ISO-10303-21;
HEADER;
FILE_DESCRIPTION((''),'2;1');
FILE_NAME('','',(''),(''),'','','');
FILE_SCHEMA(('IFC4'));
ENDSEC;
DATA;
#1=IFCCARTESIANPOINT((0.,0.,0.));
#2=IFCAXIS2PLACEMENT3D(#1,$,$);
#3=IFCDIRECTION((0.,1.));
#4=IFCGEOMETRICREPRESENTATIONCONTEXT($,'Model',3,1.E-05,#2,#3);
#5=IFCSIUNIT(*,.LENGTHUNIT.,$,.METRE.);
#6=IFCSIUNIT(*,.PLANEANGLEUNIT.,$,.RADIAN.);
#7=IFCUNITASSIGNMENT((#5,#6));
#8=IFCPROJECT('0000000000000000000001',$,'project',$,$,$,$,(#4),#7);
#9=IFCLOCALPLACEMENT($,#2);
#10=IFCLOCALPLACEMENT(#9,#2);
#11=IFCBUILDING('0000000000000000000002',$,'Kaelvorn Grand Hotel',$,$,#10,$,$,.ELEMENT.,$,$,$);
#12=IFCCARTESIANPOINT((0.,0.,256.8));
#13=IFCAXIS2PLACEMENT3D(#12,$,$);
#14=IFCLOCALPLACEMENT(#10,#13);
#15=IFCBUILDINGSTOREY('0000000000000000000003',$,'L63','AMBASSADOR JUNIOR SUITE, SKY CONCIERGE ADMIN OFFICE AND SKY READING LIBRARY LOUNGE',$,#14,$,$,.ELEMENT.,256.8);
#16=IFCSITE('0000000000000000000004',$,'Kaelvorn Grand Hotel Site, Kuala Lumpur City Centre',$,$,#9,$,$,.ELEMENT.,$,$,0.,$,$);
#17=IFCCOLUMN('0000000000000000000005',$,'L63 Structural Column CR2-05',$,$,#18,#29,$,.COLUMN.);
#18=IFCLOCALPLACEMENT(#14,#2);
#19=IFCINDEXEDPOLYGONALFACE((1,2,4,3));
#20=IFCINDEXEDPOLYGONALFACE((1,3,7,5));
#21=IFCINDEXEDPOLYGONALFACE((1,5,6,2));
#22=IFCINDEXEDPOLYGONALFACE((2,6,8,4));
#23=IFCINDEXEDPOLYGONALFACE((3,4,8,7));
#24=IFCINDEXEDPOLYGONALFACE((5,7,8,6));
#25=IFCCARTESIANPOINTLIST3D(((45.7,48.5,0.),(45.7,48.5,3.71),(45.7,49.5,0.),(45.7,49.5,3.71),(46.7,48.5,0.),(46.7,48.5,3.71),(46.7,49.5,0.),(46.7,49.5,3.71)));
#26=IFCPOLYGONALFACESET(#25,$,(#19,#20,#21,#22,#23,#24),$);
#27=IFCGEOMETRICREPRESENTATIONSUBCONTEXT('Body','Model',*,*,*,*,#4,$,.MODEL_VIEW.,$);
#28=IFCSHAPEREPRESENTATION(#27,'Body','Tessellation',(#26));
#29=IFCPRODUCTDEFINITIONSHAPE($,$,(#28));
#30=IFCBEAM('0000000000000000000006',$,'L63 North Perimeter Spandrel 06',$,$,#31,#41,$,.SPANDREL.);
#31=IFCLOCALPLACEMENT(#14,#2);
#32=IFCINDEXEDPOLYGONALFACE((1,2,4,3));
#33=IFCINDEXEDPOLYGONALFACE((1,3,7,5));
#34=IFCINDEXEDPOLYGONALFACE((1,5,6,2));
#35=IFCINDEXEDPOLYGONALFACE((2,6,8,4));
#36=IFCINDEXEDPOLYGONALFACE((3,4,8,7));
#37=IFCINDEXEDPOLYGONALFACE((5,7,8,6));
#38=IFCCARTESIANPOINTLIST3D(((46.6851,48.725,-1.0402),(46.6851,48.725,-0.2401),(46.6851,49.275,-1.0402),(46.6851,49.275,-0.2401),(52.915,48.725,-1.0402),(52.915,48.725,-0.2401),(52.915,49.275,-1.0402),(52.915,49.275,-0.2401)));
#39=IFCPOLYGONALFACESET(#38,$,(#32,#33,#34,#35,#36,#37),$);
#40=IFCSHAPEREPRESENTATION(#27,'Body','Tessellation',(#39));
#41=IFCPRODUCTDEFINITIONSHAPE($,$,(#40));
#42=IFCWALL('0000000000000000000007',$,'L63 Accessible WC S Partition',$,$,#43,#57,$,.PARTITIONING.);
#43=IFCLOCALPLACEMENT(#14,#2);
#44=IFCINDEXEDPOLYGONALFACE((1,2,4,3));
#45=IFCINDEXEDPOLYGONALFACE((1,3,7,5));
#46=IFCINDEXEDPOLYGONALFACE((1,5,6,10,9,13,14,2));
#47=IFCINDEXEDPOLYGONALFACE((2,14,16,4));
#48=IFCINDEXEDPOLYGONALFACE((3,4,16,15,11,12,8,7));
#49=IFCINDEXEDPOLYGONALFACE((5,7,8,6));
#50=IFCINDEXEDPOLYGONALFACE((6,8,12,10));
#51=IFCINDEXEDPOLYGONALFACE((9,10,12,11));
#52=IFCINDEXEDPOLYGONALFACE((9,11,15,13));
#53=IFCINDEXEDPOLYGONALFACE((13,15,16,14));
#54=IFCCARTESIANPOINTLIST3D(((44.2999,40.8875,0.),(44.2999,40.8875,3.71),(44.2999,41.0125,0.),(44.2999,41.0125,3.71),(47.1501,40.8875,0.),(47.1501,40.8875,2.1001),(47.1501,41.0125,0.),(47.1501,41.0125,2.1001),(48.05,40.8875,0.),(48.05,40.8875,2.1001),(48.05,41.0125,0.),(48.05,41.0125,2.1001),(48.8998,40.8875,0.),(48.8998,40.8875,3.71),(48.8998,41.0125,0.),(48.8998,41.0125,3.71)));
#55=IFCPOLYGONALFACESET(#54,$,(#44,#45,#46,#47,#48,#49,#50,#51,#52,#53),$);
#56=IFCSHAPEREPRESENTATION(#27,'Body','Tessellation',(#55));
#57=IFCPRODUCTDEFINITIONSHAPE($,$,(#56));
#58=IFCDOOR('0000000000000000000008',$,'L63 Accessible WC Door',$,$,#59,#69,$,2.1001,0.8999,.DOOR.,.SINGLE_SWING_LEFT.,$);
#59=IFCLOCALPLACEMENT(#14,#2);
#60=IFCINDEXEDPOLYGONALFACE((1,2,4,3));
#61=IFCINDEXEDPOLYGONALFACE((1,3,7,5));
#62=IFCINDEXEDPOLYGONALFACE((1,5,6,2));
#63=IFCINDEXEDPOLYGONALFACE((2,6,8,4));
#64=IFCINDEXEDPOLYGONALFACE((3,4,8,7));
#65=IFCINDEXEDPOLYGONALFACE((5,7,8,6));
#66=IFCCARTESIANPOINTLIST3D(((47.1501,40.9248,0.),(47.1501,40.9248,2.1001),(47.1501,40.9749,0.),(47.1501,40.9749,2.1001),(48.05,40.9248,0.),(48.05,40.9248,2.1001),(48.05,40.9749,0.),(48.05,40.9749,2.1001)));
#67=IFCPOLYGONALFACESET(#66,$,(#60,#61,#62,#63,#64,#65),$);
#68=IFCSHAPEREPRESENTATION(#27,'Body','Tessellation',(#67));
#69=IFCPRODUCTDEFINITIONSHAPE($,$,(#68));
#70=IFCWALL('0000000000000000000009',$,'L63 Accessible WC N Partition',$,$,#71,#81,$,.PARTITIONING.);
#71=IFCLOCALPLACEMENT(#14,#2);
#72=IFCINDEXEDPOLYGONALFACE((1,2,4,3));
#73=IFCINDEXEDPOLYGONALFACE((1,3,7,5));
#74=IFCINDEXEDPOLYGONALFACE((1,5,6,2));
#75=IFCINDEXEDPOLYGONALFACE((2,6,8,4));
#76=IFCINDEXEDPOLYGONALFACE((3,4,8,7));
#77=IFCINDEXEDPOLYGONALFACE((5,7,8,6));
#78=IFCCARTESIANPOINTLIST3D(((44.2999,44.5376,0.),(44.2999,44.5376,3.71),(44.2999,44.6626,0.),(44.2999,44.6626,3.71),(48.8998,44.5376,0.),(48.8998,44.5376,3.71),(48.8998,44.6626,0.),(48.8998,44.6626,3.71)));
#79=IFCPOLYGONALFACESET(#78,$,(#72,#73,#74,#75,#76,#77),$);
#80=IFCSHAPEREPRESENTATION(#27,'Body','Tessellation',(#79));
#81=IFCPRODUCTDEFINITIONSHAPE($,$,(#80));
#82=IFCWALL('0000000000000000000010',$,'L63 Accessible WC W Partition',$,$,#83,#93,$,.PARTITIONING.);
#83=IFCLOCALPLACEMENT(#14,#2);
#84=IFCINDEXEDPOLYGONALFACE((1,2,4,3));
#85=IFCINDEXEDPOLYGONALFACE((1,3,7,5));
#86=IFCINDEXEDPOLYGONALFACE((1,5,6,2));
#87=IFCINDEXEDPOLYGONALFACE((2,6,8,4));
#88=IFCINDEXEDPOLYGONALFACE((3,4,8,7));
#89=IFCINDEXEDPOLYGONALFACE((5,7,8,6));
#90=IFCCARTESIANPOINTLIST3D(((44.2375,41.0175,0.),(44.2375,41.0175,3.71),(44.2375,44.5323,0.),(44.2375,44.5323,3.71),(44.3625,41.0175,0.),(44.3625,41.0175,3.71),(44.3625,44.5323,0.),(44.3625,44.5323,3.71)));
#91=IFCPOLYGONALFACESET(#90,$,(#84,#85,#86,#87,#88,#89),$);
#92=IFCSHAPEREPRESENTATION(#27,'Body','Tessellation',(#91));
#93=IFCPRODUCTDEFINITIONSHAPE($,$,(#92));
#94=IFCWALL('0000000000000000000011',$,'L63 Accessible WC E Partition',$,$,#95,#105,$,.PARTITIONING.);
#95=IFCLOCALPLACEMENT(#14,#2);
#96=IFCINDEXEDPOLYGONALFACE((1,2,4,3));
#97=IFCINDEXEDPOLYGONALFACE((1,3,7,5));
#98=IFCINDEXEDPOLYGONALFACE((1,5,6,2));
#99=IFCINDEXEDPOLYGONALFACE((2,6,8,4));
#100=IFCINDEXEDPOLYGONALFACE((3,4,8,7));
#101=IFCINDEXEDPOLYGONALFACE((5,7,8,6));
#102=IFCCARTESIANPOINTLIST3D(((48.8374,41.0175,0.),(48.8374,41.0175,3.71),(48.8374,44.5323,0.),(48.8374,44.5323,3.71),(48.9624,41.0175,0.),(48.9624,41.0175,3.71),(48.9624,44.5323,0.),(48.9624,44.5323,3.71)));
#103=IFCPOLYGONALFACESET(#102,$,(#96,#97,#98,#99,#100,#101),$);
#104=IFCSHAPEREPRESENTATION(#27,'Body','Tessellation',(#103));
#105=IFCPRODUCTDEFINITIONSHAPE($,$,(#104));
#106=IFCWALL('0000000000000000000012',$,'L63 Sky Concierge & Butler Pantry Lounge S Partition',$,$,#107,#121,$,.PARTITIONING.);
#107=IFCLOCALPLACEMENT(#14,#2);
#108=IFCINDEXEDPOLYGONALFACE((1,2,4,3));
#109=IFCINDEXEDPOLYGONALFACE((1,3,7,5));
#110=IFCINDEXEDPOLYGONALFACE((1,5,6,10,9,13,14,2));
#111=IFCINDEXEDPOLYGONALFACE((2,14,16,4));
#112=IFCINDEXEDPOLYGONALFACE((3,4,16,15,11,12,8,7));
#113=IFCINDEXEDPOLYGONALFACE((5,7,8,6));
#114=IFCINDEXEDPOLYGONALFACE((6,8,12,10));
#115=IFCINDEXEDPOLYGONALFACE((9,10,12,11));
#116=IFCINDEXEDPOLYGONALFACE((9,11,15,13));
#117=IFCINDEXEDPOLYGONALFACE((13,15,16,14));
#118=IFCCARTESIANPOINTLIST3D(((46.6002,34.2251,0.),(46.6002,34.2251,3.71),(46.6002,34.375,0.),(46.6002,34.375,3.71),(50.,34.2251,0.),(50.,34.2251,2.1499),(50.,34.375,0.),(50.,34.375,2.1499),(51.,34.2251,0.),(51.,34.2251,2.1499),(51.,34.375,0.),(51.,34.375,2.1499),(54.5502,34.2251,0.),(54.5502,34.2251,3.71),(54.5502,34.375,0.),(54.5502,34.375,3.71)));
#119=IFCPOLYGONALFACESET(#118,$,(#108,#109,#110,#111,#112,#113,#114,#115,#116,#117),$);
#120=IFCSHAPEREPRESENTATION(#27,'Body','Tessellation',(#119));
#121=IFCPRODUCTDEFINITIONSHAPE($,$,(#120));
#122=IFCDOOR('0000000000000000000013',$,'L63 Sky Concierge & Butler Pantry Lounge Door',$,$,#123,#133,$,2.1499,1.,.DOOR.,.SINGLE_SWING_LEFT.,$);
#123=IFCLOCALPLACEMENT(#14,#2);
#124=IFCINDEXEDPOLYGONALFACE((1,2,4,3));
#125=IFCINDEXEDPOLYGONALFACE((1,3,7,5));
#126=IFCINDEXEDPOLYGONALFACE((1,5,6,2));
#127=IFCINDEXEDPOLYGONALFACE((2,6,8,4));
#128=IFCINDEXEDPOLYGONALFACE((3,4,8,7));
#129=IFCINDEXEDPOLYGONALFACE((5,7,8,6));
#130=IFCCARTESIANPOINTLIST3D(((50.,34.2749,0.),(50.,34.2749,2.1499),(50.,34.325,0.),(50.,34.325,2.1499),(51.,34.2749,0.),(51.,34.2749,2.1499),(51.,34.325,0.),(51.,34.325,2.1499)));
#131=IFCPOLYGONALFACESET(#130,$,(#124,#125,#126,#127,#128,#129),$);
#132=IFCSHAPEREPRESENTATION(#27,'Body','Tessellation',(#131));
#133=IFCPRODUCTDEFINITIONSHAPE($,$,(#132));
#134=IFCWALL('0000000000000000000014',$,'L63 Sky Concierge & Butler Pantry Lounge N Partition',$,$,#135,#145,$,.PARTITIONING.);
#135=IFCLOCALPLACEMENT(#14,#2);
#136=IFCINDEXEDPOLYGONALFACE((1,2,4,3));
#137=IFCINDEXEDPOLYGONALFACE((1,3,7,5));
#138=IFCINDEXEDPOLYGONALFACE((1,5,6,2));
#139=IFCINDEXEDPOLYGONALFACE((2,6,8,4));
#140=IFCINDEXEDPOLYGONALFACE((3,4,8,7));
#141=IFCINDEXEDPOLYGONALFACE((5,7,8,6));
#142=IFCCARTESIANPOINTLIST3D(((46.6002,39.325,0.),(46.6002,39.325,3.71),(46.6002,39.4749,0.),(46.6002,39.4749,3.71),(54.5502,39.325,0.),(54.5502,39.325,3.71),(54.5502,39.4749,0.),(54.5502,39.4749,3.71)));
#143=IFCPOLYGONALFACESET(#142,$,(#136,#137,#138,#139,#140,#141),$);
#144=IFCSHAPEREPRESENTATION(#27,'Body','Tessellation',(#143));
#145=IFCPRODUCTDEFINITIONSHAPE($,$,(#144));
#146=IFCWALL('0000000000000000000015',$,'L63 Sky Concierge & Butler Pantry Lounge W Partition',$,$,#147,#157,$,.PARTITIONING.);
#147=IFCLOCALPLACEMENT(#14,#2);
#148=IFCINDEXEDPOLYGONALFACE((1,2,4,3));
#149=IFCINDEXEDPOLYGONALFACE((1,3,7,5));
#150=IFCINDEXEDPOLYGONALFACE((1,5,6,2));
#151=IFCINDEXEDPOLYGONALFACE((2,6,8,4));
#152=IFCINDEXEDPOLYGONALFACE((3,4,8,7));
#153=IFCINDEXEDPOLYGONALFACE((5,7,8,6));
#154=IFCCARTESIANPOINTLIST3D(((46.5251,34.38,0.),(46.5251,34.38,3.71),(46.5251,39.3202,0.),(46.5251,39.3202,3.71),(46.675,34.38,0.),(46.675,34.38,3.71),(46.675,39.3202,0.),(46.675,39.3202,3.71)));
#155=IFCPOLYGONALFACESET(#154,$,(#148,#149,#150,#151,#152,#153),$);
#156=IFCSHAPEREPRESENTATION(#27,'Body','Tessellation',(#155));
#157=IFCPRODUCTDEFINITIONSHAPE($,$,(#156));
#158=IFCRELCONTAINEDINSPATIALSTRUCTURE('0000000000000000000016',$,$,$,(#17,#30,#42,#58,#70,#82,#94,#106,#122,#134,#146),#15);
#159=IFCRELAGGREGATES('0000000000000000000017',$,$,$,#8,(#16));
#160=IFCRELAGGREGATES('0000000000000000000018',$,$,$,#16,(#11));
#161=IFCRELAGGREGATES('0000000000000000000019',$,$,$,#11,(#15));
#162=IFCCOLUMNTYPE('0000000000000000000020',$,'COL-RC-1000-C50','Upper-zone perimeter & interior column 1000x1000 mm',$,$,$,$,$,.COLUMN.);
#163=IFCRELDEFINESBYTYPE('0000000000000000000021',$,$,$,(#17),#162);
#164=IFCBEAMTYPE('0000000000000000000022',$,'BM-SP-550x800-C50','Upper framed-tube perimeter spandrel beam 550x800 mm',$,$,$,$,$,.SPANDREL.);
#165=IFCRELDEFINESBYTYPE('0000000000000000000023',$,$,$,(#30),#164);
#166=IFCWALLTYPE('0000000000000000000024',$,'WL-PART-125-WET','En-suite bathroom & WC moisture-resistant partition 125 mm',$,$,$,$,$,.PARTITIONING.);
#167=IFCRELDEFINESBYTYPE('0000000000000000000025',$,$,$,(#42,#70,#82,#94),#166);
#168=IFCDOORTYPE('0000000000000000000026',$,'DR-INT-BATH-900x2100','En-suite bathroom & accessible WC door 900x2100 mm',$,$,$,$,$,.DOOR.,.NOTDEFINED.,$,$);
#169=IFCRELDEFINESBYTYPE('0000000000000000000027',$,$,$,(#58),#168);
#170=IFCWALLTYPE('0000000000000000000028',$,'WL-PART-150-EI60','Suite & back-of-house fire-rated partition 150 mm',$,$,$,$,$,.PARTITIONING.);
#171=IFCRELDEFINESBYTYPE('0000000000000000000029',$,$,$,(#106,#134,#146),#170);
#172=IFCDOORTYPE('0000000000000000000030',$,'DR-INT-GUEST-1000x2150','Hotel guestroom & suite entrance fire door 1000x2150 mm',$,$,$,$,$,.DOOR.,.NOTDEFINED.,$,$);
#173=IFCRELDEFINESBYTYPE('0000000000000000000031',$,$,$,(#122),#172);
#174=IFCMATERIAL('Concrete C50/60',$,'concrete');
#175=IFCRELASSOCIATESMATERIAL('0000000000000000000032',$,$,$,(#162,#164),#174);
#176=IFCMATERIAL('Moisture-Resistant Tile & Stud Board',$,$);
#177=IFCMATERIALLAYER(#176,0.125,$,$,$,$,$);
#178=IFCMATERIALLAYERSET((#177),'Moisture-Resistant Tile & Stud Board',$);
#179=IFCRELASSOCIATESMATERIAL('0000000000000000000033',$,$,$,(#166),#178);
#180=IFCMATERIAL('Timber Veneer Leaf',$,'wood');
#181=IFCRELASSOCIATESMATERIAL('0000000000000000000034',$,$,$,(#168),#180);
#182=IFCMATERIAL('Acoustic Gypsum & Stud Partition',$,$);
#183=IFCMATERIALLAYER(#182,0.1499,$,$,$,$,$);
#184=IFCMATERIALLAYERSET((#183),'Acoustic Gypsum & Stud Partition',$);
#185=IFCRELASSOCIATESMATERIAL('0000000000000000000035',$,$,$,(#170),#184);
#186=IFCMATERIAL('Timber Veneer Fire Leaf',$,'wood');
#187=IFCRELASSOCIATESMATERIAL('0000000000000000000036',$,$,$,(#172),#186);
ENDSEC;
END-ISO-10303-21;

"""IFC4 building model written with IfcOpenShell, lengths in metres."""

from ifc_helpers import new_model, si_unit, direction, frame, frame_2d, origin, origin_2d, place, context, subcontext, project, spatial, rectangle, extrude, material, layer, layer_set, material_profile, profile_set, type_object, element, fill, save


model = new_model("IFC4")

# Units and contexts
model_context = context("Model", 3, precision=1e-05, world=origin(), true_north=direction((0.0, 1.0)))
body_context = subcontext(model_context, "Body", "Model", "MODEL_VIEW")
ifc_project = project(units=[si_unit("LENGTHUNIT", "METRE"), si_unit("PLANEANGLEUNIT", "RADIAN")], contexts=[model_context])

# Site, building, storey
site_placement = place(None, origin())
site = spatial("IfcSite", under=ifc_project, at=site_placement, Name="Kaelvorn Grand Hotel Site, Kuala Lumpur City Centre", CompositionType="ELEMENT", RefElevation=0.0)
building_placement = place(site_placement, origin())
building = spatial("IfcBuilding", under=site, at=building_placement, Name="Kaelvorn Grand Hotel", CompositionType="ELEMENT")
storey_placement = place(building_placement, frame((0.0, 0.0, 256.8)))
storey = spatial("IfcBuildingStorey", under=building, at=storey_placement, Name="L63", Description="AMBASSADOR JUNIOR SUITE, SKY CONCIERGE ADMIN OFFICE AND SKY READING LIBRARY LOUNGE", CompositionType="ELEMENT", Elevation=256.8)

# Column
ifc_material_1 = material(Name="Concrete C50/60", Category="concrete")
ifc_material_profile_1 = material_profile(ifc_material_1, rectangle(XDim=1.0, YDim=1.0, at=origin_2d()), Name="RC COL 1000x1000")
ifc_profile_set_1 = profile_set([ifc_material_profile_1], Name="Concrete C50/60")
column_type = type_object("IfcColumnType", Name="COL-RC-1000-C50", Description="Upper-zone perimeter & interior column 1000x1000 mm", PredefinedType="COLUMN", material=ifc_profile_set_1)
column_placement = place(storey_placement, frame((46.2, 49.0, 0.0), z_axis=(0.0, 0.0, 1.0), x_axis=(1.0, 0.0, 0.0)))
element("IfcColumn", 1, at=column_placement, inside=storey, type_object=column_type, Name="L63 Structural Column CR2-05", PredefinedType="COLUMN", context=body_context, shape_type="SweptSolid", body=[
    extrude(rectangle(XDim=1.0, YDim=1.0, at=origin_2d()), origin(), (0.0, 0.0, 1.0), 3.71),
])

# Beam
ifc_material_profile_2 = material_profile(ifc_material_1, rectangle(XDim=0.55, YDim=0.8, at=origin_2d()), Name="RC SPANDREL 550x800")
ifc_profile_set_2 = profile_set([ifc_material_profile_2], Name="Concrete C50/60")
beam_type = type_object("IfcBeamType", Name="BM-SP-550x800-C50", Description="Upper framed-tube perimeter spandrel beam 550x800 mm", PredefinedType="SPANDREL", material=ifc_profile_set_2)
beam_placement = place(storey_placement, frame((46.6851, 49.0, -0.6401), z_axis=(1.0, 0.0, 0.0), x_axis=(0.0, 1.0, 0.0)))
element("IfcBeam", 2, at=beam_placement, inside=storey, type_object=beam_type, Name="L63 North Perimeter Spandrel 06", PredefinedType="SPANDREL", context=body_context, shape_type="SweptSolid", body=[
    extrude(rectangle(XDim=0.55, YDim=0.8, at=origin_2d()), origin(), (0.0, 0.0, 1.0), 6.23),
])

# Wall, opening, door
ifc_material_2 = material(Name="Moisture-Resistant Tile & Stud Board")
ifc_layer_1 = layer(ifc_material_2, 0.125)
ifc_layer_set_1 = layer_set([ifc_layer_1], Name="Moisture-Resistant Tile & Stud Board")
wall_type_1 = type_object("IfcWallType", Name="WL-PART-125-WET", Description="En-suite bathroom & WC moisture-resistant partition 125 mm", PredefinedType="PARTITIONING", material=ifc_layer_set_1)
wall_1_placement = place(storey_placement, frame((44.3, 40.95, 0.0), z_axis=(0.0, 0.0, 1.0), x_axis=(1.0, 0.0, 0.0)))
wall_1 = element("IfcWall", 3, at=wall_1_placement, inside=storey, type_object=wall_type_1, Name="L63 Accessible WC S Partition", PredefinedType="PARTITIONING", context=body_context, shape_type="SweptSolid", body=[
    extrude(rectangle(XDim=4.5999, YDim=0.125, at=frame_2d((2.2998, 0.0))), origin(), (0.0, 0.0, 1.0), 3.71),
])
opening_1_placement = place(wall_1_placement, frame((2.8501, 0.0, 0.0)))
opening_1 = element("IfcOpeningElement", 4, at=opening_1_placement, cuts=wall_1, PredefinedType="OPENING", context=body_context, shape_type="SweptSolid", body=[
    extrude(rectangle(XDim=0.8999, YDim=2.1001, at=frame_2d((0.45, 1.05))), frame((0.0, 0.0725, 0.0), z_axis=(0.0, -1.0, 0.0), x_axis=(1.0, 0.0, 0.0)), (0.0, 0.0, 1.0), 0.145),
])
ifc_material_3 = material(Name="Timber Veneer Leaf", Category="wood")
door_type_1 = type_object("IfcDoorType", Name="DR-INT-BATH-900x2100", Description="En-suite bathroom & accessible WC door 900x2100 mm", OperationType="NOTDEFINED", PredefinedType="DOOR", material=ifc_material_3)
door_1_placement = place(opening_1_placement, origin())
door_1 = element("IfcDoor", 5, at=door_1_placement, inside=storey, type_object=door_type_1, Name="L63 Accessible WC Door", OperationType="SINGLE_SWING_LEFT", OverallHeight=2.1001, OverallWidth=0.8999, PredefinedType="DOOR", context=body_context, shape_type="SweptSolid", body=[
    extrude(rectangle(XDim=0.8999, YDim=2.1001, at=frame_2d((0.45, 1.05))), frame((0.0, 0.0249, 0.0), z_axis=(0.0, -1.0, 0.0), x_axis=(1.0, 0.0, 0.0)), (0.0, 0.0, 1.0), 0.05),
])
fill(opening_1, door_1)

# Walls
wall_2_placement = place(storey_placement, frame((44.3, 44.6001, 0.0), z_axis=(0.0, 0.0, 1.0), x_axis=(1.0, 0.0, 0.0)))
element("IfcWall", 6, at=wall_2_placement, inside=storey, type_object=wall_type_1, Name="L63 Accessible WC N Partition", PredefinedType="PARTITIONING", context=body_context, shape_type="SweptSolid", body=[
    extrude(rectangle(XDim=4.5999, YDim=0.125, at=frame_2d((2.2998, 0.0))), origin(), (0.0, 0.0, 1.0), 3.71),
])
for number, where, z_axis, x_axis, name in (
    (7, (44.3, 41.0176, 0.0), (0.0, 0.0, 1.0), (0.0, 1.0, 0.0), "L63 Accessible WC W Partition"),
    (8, (48.8999, 41.0176, 0.0), (0.0, 0.0, 1.0), (0.0, 1.0, 0.0), "L63 Accessible WC E Partition"),
):
    element("IfcWall", number, at=place(storey_placement, frame(where, z_axis=z_axis, x_axis=x_axis)), inside=storey, type_object=wall_type_1, Name=name, PredefinedType="PARTITIONING", context=body_context, shape_type="SweptSolid", body=[
        extrude(rectangle(XDim=3.5149, YDim=0.125, at=frame_2d((1.7573, 0.0))), origin(), (0.0, 0.0, 1.0), 3.71),
    ])

# Wall, opening, door
ifc_material_4 = material(Name="Acoustic Gypsum & Stud Partition")
ifc_layer_2 = layer(ifc_material_4, 0.1499)
ifc_layer_set_2 = layer_set([ifc_layer_2], Name="Acoustic Gypsum & Stud Partition")
wall_type_2 = type_object("IfcWallType", Name="WL-PART-150-EI60", Description="Suite & back-of-house fire-rated partition 150 mm", PredefinedType="PARTITIONING", material=ifc_layer_set_2)
wall_3_placement = place(storey_placement, frame((46.6001, 34.3, 0.0), z_axis=(0.0, 0.0, 1.0), x_axis=(1.0, 0.0, 0.0)))
wall_3 = element("IfcWall", 9, at=wall_3_placement, inside=storey, type_object=wall_type_2, Name="L63 Sky Concierge & Butler Pantry Lounge S Partition", PredefinedType="PARTITIONING", context=body_context, shape_type="SweptSolid", body=[
    extrude(rectangle(XDim=7.95, YDim=0.1499, at=frame_2d((3.9751, 0.0))), origin(), (0.0, 0.0, 1.0), 3.71),
])
opening_2_placement = place(wall_3_placement, frame((3.3999, 0.0, 0.0)))
opening_2 = element("IfcOpeningElement", 10, at=opening_2_placement, cuts=wall_3, PredefinedType="OPENING", context=body_context, shape_type="SweptSolid", body=[
    extrude(rectangle(XDim=1.0, YDim=2.1499, at=frame_2d((0.5, 1.075))), frame((0.0, 0.085, 0.0), z_axis=(0.0, -1.0, 0.0), x_axis=(1.0, 0.0, 0.0)), (0.0, 0.0, 1.0), 0.1699),
])
ifc_material_5 = material(Name="Timber Veneer Fire Leaf", Category="wood")
door_type_2 = type_object("IfcDoorType", Name="DR-INT-GUEST-1000x2150", Description="Hotel guestroom & suite entrance fire door 1000x2150 mm", OperationType="NOTDEFINED", PredefinedType="DOOR", material=ifc_material_5)
door_2_placement = place(opening_2_placement, origin())
door_2 = element("IfcDoor", 11, at=door_2_placement, inside=storey, type_object=door_type_2, Name="L63 Sky Concierge & Butler Pantry Lounge Door", OperationType="SINGLE_SWING_LEFT", OverallHeight=2.1499, OverallWidth=1.0, PredefinedType="DOOR", context=body_context, shape_type="SweptSolid", body=[
    extrude(rectangle(XDim=1.0, YDim=2.1499, at=frame_2d((0.5, 1.075))), frame((0.0, 0.0249, 0.0), z_axis=(0.0, -1.0, 0.0), x_axis=(1.0, 0.0, 0.0)), (0.0, 0.0, 1.0), 0.05),
])
fill(opening_2, door_2)

# Walls
wall_4_placement = place(storey_placement, frame((46.6001, 39.3999, 0.0), z_axis=(0.0, 0.0, 1.0), x_axis=(1.0, 0.0, 0.0)))
element("IfcWall", 12, at=wall_4_placement, inside=storey, type_object=wall_type_2, Name="L63 Sky Concierge & Butler Pantry Lounge N Partition", PredefinedType="PARTITIONING", context=body_context, shape_type="SweptSolid", body=[
    extrude(rectangle(XDim=7.95, YDim=0.1499, at=frame_2d((3.9751, 0.0))), origin(), (0.0, 0.0, 1.0), 3.71),
])
wall_5_placement = place(storey_placement, frame((46.6001, 34.3799, 0.0), z_axis=(0.0, 0.0, 1.0), x_axis=(0.0, 1.0, 0.0)))
element("IfcWall", 13, at=wall_5_placement, inside=storey, type_object=wall_type_2, Name="L63 Sky Concierge & Butler Pantry Lounge W Partition", PredefinedType="PARTITIONING", context=body_context, shape_type="SweptSolid", body=[
    extrude(rectangle(XDim=4.9402, YDim=0.1499, at=frame_2d((2.4702, 0.0))), origin(), (0.0, 0.0, 1.0), 3.71),
])

save(model, "model.ifc")
